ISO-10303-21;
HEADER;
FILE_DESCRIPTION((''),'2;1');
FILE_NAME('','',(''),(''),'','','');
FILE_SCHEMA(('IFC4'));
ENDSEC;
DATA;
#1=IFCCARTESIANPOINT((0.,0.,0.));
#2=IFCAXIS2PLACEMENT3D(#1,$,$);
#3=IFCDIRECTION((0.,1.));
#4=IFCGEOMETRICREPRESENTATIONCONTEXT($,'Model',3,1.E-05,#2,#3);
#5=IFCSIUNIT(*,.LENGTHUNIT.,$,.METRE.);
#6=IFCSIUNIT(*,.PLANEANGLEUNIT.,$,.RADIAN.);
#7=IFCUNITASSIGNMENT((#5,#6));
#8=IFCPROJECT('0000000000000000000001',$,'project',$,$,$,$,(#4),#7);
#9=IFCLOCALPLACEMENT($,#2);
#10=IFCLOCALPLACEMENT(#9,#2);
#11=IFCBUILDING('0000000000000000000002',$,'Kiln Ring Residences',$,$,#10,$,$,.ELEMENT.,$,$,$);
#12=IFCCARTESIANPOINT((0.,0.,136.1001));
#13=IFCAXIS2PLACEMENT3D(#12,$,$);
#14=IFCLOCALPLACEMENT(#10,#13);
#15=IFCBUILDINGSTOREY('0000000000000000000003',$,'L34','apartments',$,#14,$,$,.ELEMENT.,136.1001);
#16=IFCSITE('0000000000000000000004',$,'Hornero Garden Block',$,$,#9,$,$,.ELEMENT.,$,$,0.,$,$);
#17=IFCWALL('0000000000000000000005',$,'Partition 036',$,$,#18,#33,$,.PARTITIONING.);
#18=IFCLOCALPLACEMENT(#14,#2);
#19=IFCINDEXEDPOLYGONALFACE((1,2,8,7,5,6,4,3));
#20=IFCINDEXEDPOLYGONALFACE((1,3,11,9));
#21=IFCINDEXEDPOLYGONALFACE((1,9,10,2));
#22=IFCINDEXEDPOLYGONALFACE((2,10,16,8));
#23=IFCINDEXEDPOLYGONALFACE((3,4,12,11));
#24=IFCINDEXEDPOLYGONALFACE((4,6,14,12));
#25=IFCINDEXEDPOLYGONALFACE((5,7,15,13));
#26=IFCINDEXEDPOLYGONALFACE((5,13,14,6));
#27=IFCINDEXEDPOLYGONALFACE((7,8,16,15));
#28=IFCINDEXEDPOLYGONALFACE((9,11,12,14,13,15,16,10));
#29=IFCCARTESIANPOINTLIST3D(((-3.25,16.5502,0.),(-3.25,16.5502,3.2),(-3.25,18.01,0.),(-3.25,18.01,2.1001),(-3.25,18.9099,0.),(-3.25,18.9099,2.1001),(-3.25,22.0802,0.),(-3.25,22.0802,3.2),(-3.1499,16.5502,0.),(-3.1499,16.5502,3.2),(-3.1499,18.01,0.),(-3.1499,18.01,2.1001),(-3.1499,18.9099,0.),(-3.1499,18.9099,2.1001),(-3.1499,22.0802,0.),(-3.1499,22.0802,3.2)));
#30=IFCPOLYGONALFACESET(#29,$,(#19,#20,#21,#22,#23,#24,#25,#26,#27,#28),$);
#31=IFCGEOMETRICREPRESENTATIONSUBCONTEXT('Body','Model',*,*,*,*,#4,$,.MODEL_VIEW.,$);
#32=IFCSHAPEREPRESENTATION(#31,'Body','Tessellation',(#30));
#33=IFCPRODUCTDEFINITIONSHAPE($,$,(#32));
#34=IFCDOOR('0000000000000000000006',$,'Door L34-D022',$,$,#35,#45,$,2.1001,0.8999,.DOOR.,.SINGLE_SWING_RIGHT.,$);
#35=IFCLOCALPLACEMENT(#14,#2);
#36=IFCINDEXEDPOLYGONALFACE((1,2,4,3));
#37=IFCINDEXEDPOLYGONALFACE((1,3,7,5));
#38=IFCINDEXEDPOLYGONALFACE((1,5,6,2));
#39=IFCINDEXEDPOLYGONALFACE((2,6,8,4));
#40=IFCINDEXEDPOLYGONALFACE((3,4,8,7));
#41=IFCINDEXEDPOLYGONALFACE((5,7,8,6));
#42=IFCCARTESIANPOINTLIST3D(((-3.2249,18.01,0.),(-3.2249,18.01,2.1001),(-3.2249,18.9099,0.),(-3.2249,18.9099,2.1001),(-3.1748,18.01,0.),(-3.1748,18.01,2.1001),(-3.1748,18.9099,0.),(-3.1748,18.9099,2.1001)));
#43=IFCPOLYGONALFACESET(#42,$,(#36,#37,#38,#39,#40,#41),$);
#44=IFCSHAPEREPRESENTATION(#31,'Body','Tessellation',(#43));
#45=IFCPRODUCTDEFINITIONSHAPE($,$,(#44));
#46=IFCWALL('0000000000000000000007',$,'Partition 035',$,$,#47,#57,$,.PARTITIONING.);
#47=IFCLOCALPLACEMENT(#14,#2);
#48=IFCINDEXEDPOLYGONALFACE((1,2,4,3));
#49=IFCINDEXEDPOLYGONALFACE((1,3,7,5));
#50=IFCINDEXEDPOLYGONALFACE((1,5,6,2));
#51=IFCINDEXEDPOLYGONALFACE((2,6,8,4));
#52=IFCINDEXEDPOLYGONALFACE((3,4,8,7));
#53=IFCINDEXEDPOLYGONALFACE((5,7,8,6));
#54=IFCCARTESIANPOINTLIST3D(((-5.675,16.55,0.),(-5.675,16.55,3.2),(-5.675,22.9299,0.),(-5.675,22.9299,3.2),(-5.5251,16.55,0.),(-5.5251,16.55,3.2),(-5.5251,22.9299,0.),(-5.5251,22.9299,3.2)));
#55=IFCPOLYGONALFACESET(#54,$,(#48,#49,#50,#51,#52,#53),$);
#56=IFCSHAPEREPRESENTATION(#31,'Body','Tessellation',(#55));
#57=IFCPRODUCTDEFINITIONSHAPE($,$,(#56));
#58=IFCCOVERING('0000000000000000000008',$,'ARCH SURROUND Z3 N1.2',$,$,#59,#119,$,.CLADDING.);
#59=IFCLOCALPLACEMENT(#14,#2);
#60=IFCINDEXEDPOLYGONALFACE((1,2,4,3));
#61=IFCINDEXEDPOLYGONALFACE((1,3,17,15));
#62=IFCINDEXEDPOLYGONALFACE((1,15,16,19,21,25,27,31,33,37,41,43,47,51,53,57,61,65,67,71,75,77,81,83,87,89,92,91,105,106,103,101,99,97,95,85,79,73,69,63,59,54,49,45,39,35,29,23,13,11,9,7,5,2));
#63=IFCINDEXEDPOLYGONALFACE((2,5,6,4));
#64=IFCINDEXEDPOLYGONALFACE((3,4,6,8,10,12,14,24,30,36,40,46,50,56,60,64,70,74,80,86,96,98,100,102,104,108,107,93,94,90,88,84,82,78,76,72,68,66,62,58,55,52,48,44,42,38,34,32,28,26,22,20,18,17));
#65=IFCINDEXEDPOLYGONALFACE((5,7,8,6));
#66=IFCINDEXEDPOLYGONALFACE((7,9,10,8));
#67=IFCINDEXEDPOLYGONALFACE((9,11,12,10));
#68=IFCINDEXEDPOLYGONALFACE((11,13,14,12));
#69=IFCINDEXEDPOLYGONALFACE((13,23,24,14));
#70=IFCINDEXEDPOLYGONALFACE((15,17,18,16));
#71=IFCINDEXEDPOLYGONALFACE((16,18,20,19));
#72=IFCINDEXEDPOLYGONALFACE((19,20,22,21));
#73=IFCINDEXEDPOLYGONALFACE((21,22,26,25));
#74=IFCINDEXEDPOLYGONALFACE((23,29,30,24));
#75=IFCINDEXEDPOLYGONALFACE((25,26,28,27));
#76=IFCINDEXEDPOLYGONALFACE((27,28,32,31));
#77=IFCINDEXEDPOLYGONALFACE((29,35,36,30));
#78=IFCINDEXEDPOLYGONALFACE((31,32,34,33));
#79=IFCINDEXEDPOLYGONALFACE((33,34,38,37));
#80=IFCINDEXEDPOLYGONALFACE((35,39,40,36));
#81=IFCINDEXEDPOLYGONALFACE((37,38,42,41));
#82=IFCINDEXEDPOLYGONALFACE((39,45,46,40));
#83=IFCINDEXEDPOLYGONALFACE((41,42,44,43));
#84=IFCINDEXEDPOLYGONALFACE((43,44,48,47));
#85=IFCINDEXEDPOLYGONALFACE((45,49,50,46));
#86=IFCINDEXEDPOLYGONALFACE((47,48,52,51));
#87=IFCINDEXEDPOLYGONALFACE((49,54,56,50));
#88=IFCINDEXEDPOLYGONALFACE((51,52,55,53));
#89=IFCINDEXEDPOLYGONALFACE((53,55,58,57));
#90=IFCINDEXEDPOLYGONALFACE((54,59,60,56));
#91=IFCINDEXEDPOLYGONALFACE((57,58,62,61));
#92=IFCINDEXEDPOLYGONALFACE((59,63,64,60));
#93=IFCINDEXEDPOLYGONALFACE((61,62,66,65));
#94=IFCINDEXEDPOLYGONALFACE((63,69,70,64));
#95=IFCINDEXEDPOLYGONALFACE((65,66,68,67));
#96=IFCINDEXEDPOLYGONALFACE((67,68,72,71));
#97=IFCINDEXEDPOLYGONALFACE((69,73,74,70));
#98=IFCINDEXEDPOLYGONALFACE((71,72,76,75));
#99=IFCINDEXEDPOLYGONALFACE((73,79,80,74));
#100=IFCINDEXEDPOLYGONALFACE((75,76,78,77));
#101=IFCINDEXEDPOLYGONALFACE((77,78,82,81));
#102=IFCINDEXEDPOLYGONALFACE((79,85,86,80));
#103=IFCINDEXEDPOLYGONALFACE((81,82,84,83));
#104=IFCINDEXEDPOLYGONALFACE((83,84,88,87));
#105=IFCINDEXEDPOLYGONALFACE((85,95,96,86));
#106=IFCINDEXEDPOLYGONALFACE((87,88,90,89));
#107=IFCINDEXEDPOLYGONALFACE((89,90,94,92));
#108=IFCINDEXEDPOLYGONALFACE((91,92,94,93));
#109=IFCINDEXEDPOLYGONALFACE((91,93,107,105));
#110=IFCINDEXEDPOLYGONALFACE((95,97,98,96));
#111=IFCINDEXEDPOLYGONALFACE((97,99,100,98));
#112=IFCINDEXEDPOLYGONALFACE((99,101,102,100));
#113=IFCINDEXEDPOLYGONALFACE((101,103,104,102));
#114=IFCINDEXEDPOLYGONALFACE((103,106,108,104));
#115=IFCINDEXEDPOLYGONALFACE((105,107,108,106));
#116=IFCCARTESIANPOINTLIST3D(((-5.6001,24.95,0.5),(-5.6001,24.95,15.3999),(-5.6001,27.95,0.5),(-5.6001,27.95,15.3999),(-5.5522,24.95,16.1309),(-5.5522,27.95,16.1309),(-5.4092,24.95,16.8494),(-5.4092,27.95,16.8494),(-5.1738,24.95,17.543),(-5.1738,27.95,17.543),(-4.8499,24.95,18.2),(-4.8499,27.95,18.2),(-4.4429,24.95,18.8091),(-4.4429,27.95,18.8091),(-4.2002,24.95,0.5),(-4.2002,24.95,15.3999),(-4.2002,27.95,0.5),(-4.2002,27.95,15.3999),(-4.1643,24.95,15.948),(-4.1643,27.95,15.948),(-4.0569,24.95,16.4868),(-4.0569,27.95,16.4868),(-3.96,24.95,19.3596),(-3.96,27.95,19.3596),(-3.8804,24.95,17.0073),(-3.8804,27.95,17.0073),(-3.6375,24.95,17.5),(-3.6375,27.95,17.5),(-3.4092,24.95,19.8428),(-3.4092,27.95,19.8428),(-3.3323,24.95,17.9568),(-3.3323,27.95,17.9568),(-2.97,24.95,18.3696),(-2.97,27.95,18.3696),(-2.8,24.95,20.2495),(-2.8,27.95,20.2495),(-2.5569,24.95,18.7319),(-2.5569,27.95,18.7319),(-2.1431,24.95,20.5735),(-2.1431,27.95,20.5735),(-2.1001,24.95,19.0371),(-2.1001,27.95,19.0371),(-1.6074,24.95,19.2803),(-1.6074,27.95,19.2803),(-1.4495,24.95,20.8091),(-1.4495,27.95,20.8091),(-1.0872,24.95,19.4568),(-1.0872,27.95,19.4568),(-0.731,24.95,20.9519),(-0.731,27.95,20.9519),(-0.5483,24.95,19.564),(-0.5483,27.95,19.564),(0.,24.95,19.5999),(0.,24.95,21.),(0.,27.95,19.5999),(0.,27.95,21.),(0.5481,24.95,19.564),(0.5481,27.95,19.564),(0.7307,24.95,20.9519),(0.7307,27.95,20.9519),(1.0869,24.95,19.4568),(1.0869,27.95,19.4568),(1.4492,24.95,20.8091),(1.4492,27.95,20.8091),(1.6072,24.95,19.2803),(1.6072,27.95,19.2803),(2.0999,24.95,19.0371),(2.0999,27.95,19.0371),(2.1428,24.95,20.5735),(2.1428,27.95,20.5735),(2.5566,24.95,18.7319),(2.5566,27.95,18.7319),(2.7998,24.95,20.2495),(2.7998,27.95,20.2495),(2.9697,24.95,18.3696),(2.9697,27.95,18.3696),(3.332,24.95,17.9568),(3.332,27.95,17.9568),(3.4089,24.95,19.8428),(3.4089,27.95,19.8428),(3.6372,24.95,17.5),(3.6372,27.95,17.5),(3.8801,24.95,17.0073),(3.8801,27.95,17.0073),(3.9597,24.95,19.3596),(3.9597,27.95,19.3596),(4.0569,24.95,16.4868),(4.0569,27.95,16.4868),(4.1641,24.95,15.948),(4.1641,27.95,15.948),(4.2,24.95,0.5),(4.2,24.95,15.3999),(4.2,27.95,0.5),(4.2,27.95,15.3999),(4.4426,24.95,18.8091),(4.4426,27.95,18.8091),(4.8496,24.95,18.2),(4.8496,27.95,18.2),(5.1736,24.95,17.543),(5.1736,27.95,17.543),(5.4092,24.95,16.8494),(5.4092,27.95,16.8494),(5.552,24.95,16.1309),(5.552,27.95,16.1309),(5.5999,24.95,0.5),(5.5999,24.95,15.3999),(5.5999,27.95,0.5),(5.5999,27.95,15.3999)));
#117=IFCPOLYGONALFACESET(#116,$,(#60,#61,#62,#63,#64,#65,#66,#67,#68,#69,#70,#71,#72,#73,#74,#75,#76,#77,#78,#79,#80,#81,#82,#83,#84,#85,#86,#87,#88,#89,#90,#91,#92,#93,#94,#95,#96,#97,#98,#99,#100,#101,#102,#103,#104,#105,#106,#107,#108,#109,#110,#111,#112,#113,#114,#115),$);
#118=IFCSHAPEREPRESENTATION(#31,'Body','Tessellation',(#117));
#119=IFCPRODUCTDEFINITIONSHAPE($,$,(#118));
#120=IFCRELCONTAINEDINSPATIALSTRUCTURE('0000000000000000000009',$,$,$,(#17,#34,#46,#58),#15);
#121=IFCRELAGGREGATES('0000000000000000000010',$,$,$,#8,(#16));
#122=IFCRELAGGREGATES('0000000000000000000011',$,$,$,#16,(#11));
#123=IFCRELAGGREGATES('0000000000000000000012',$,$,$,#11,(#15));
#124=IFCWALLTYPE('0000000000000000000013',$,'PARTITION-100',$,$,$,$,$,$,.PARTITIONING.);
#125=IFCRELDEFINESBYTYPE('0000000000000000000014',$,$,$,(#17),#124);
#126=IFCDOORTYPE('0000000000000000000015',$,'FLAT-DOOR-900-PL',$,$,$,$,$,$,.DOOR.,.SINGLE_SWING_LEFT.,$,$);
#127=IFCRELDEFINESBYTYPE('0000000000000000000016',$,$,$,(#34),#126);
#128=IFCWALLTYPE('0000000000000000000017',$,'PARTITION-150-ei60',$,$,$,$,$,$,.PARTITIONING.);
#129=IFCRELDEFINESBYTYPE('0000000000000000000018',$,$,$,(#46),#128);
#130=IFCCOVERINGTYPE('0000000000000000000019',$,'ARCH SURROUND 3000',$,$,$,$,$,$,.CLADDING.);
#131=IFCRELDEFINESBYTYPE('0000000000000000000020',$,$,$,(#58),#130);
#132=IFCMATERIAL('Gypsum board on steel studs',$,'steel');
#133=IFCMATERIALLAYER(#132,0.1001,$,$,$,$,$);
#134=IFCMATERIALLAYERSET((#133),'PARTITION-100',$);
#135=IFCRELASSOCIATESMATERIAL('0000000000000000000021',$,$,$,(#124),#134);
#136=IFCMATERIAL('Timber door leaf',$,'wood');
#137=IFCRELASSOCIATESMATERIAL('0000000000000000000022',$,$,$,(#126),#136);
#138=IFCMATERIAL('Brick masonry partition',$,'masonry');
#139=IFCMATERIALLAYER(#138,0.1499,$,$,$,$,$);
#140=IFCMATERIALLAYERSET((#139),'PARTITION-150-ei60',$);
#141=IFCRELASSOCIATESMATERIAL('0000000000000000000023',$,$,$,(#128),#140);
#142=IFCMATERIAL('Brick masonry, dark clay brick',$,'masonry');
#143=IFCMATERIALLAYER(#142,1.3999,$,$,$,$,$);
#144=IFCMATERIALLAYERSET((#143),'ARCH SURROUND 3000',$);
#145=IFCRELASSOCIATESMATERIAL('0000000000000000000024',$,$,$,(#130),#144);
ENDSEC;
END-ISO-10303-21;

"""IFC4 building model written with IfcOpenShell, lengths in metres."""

from ifc_helpers import new_model, si_unit, direction, frame, frame_2d, origin, place, context, subcontext, project, spatial, polyline, rectangle, outline, extrude, material, layer, layer_set, type_object, element, fill, save


model = new_model("IFC4")

# Units and contexts
model_context = context("Model", 3, precision=1e-05, world=origin(), true_north=direction((0.0, 1.0)))
body_context = subcontext(model_context, "Body", "Model", "MODEL_VIEW")
ifc_project = project(units=[si_unit("LENGTHUNIT", "METRE"), si_unit("PLANEANGLEUNIT", "RADIAN")], contexts=[model_context])

# Site, building, storey
site_placement = place(None, origin())
site = spatial("IfcSite", under=ifc_project, at=site_placement, Name="Hornero Garden Block", CompositionType="ELEMENT", RefElevation=0.0)
building_placement = place(site_placement, origin())
building = spatial("IfcBuilding", under=site, at=building_placement, Name="Kiln Ring Residences", CompositionType="ELEMENT")
storey_placement = place(building_placement, frame((0.0, 0.0, 136.1001)))
storey = spatial("IfcBuildingStorey", under=building, at=storey_placement, Name="L34", Description="apartments", CompositionType="ELEMENT", Elevation=136.1001)

# Wall, opening, door
ifc_material_1 = material(Name="Gypsum board on steel studs", Category="steel")
ifc_layer_1 = layer(ifc_material_1, 0.1001)
ifc_layer_set_1 = layer_set([ifc_layer_1], Name="PARTITION-100")
wall_type_1 = type_object("IfcWallType", Name="PARTITION-100", PredefinedType="PARTITIONING", material=ifc_layer_set_1)
wall_1_placement = place(storey_placement, frame((-3.2, 16.55, 0.0), z_axis=(0.0, 0.0, 1.0), x_axis=(0.0, 1.0, 0.0)))
wall_1 = element("IfcWall", 1, at=wall_1_placement, inside=storey, type_object=wall_type_1, Name="Partition 036", PredefinedType="PARTITIONING", context=body_context, shape_type="SweptSolid", body=[
    extrude(rectangle(XDim=5.53, YDim=0.1001, at=frame_2d((2.7651, 0.0))), origin(), (0.0, 0.0, 1.0), 3.2),
])
opening_1_placement = place(wall_1_placement, frame((1.46, 0.0, 0.0)))
opening_1 = element("IfcOpeningElement", 2, at=opening_1_placement, cuts=wall_1, PredefinedType="OPENING", context=body_context, shape_type="SweptSolid", body=[
    extrude(rectangle(XDim=0.8999, YDim=2.1001, at=frame_2d((0.45, 1.05))), frame((0.0, 0.0601, 0.0), z_axis=(0.0, -1.0, 0.0), x_axis=(1.0, 0.0, 0.0)), (0.0, 0.0, 1.0), 0.1201),
])
ifc_material_2 = material(Name="Timber door leaf", Category="wood")
door_type = type_object("IfcDoorType", Name="FLAT-DOOR-900-PL", OperationType="SINGLE_SWING_LEFT", PredefinedType="DOOR", material=ifc_material_2)
door_placement = place(opening_1_placement, origin())
door = element("IfcDoor", 3, at=door_placement, inside=storey, type_object=door_type, Name="Door L34-D022", OperationType="SINGLE_SWING_RIGHT", OverallHeight=2.1001, OverallWidth=0.8999, PredefinedType="DOOR", context=body_context, shape_type="SweptSolid", body=[
    extrude(rectangle(XDim=0.8999, YDim=2.1001, at=frame_2d((0.45, 1.05))), frame((0.0, 0.0249, 0.0), z_axis=(0.0, -1.0, 0.0), x_axis=(1.0, 0.0, 0.0)), (0.0, 0.0, 1.0), 0.05),
])
fill(opening_1, door)

# Wall
ifc_material_3 = material(Name="Brick masonry partition", Category="masonry")
ifc_layer_2 = layer(ifc_material_3, 0.1499)
ifc_layer_set_2 = layer_set([ifc_layer_2], Name="PARTITION-150-ei60")
wall_type_2 = type_object("IfcWallType", Name="PARTITION-150-ei60", PredefinedType="PARTITIONING", material=ifc_layer_set_2)
wall_2_placement = place(storey_placement, frame((-5.6001, 16.55, 0.0), z_axis=(0.0, 0.0, 1.0), x_axis=(0.0, 1.0, 0.0)))
element("IfcWall", 4, at=wall_2_placement, inside=storey, type_object=wall_type_2, Name="Partition 035", PredefinedType="PARTITIONING", context=body_context, shape_type="SweptSolid", body=[
    extrude(rectangle(XDim=6.3799, YDim=0.1499, at=frame_2d((3.1899, 0.0))), origin(), (0.0, 0.0, 1.0), 3.2),
])

# Covering
ifc_material_4 = material(Name="Brick masonry, dark clay brick", Category="masonry")
ifc_layer_3 = layer(ifc_material_4, 1.3999)
ifc_layer_set_3 = layer_set([ifc_layer_3], Name="ARCH SURROUND 3000")
covering_type = type_object("IfcCoveringType", Name="ARCH SURROUND 3000", PredefinedType="CLADDING", material=ifc_layer_set_3)
covering_placement = place(storey_placement, frame((-5.6001, 26.45, 0.5), z_axis=(0.0, 0.0, 1.0), x_axis=(1.0, 0.0, 0.0)))
element("IfcCovering", 5, at=covering_placement, inside=storey, type_object=covering_type, Name="ARCH SURROUND Z3 N1.2", PredefinedType="CLADDING", context=body_context, shape_type="SweptSolid", body=[
    extrude(outline(polyline([(0.0, 0.0), (0.0, 14.8999), (0.0479, 15.6309), (0.1909, 16.3494), (0.4263, 17.043), (0.7502, 17.7), (1.1572, 18.3091), (1.6401, 18.8596), (2.1909, 19.3428), (2.8, 19.7495), (3.457, 20.0735), (4.1506, 20.3091), (4.8691, 20.4519), (5.6001, 20.5), (6.3308, 20.4519), (7.0493, 20.3091), (7.7429, 20.0735), (8.3999, 19.7495), (9.009, 19.3428), (9.5598, 18.8596), (10.0427, 18.3091), (10.4497, 17.7), (10.7737, 17.043), (11.0093, 16.3494), (11.1521, 15.6309), (11.2, 14.8999), (11.2, 0.0), (9.8, 0.0), (9.8, 14.8999), (9.7642, 15.448), (9.657, 15.9868), (9.4802, 16.5073), (9.2373, 17.0), (8.9321, 17.4568), (8.5698, 17.8696), (8.1567, 18.2319), (7.7, 18.5371), (7.2073, 18.7803), (6.687, 18.9568), (6.1482, 19.064), (5.6001, 19.0999), (5.0518, 19.064), (4.5129, 18.9568), (3.9927, 18.7803), (3.5, 18.5371), (3.0432, 18.2319), (2.6301, 17.8696), (2.2678, 17.4568), (1.9626, 17.0), (1.7197, 16.5073), (1.5432, 15.9868), (1.4358, 15.448), (1.3999, 14.8999), (1.3999, 0.0), (0.0, 0.0)])), frame((0.0, 1.5, 0.0), z_axis=(0.0, -1.0, 0.0), x_axis=(1.0, 0.0, 0.0)), (0.0, 0.0, 1.0), 3.0),
])

save(model, "model.ifc")
